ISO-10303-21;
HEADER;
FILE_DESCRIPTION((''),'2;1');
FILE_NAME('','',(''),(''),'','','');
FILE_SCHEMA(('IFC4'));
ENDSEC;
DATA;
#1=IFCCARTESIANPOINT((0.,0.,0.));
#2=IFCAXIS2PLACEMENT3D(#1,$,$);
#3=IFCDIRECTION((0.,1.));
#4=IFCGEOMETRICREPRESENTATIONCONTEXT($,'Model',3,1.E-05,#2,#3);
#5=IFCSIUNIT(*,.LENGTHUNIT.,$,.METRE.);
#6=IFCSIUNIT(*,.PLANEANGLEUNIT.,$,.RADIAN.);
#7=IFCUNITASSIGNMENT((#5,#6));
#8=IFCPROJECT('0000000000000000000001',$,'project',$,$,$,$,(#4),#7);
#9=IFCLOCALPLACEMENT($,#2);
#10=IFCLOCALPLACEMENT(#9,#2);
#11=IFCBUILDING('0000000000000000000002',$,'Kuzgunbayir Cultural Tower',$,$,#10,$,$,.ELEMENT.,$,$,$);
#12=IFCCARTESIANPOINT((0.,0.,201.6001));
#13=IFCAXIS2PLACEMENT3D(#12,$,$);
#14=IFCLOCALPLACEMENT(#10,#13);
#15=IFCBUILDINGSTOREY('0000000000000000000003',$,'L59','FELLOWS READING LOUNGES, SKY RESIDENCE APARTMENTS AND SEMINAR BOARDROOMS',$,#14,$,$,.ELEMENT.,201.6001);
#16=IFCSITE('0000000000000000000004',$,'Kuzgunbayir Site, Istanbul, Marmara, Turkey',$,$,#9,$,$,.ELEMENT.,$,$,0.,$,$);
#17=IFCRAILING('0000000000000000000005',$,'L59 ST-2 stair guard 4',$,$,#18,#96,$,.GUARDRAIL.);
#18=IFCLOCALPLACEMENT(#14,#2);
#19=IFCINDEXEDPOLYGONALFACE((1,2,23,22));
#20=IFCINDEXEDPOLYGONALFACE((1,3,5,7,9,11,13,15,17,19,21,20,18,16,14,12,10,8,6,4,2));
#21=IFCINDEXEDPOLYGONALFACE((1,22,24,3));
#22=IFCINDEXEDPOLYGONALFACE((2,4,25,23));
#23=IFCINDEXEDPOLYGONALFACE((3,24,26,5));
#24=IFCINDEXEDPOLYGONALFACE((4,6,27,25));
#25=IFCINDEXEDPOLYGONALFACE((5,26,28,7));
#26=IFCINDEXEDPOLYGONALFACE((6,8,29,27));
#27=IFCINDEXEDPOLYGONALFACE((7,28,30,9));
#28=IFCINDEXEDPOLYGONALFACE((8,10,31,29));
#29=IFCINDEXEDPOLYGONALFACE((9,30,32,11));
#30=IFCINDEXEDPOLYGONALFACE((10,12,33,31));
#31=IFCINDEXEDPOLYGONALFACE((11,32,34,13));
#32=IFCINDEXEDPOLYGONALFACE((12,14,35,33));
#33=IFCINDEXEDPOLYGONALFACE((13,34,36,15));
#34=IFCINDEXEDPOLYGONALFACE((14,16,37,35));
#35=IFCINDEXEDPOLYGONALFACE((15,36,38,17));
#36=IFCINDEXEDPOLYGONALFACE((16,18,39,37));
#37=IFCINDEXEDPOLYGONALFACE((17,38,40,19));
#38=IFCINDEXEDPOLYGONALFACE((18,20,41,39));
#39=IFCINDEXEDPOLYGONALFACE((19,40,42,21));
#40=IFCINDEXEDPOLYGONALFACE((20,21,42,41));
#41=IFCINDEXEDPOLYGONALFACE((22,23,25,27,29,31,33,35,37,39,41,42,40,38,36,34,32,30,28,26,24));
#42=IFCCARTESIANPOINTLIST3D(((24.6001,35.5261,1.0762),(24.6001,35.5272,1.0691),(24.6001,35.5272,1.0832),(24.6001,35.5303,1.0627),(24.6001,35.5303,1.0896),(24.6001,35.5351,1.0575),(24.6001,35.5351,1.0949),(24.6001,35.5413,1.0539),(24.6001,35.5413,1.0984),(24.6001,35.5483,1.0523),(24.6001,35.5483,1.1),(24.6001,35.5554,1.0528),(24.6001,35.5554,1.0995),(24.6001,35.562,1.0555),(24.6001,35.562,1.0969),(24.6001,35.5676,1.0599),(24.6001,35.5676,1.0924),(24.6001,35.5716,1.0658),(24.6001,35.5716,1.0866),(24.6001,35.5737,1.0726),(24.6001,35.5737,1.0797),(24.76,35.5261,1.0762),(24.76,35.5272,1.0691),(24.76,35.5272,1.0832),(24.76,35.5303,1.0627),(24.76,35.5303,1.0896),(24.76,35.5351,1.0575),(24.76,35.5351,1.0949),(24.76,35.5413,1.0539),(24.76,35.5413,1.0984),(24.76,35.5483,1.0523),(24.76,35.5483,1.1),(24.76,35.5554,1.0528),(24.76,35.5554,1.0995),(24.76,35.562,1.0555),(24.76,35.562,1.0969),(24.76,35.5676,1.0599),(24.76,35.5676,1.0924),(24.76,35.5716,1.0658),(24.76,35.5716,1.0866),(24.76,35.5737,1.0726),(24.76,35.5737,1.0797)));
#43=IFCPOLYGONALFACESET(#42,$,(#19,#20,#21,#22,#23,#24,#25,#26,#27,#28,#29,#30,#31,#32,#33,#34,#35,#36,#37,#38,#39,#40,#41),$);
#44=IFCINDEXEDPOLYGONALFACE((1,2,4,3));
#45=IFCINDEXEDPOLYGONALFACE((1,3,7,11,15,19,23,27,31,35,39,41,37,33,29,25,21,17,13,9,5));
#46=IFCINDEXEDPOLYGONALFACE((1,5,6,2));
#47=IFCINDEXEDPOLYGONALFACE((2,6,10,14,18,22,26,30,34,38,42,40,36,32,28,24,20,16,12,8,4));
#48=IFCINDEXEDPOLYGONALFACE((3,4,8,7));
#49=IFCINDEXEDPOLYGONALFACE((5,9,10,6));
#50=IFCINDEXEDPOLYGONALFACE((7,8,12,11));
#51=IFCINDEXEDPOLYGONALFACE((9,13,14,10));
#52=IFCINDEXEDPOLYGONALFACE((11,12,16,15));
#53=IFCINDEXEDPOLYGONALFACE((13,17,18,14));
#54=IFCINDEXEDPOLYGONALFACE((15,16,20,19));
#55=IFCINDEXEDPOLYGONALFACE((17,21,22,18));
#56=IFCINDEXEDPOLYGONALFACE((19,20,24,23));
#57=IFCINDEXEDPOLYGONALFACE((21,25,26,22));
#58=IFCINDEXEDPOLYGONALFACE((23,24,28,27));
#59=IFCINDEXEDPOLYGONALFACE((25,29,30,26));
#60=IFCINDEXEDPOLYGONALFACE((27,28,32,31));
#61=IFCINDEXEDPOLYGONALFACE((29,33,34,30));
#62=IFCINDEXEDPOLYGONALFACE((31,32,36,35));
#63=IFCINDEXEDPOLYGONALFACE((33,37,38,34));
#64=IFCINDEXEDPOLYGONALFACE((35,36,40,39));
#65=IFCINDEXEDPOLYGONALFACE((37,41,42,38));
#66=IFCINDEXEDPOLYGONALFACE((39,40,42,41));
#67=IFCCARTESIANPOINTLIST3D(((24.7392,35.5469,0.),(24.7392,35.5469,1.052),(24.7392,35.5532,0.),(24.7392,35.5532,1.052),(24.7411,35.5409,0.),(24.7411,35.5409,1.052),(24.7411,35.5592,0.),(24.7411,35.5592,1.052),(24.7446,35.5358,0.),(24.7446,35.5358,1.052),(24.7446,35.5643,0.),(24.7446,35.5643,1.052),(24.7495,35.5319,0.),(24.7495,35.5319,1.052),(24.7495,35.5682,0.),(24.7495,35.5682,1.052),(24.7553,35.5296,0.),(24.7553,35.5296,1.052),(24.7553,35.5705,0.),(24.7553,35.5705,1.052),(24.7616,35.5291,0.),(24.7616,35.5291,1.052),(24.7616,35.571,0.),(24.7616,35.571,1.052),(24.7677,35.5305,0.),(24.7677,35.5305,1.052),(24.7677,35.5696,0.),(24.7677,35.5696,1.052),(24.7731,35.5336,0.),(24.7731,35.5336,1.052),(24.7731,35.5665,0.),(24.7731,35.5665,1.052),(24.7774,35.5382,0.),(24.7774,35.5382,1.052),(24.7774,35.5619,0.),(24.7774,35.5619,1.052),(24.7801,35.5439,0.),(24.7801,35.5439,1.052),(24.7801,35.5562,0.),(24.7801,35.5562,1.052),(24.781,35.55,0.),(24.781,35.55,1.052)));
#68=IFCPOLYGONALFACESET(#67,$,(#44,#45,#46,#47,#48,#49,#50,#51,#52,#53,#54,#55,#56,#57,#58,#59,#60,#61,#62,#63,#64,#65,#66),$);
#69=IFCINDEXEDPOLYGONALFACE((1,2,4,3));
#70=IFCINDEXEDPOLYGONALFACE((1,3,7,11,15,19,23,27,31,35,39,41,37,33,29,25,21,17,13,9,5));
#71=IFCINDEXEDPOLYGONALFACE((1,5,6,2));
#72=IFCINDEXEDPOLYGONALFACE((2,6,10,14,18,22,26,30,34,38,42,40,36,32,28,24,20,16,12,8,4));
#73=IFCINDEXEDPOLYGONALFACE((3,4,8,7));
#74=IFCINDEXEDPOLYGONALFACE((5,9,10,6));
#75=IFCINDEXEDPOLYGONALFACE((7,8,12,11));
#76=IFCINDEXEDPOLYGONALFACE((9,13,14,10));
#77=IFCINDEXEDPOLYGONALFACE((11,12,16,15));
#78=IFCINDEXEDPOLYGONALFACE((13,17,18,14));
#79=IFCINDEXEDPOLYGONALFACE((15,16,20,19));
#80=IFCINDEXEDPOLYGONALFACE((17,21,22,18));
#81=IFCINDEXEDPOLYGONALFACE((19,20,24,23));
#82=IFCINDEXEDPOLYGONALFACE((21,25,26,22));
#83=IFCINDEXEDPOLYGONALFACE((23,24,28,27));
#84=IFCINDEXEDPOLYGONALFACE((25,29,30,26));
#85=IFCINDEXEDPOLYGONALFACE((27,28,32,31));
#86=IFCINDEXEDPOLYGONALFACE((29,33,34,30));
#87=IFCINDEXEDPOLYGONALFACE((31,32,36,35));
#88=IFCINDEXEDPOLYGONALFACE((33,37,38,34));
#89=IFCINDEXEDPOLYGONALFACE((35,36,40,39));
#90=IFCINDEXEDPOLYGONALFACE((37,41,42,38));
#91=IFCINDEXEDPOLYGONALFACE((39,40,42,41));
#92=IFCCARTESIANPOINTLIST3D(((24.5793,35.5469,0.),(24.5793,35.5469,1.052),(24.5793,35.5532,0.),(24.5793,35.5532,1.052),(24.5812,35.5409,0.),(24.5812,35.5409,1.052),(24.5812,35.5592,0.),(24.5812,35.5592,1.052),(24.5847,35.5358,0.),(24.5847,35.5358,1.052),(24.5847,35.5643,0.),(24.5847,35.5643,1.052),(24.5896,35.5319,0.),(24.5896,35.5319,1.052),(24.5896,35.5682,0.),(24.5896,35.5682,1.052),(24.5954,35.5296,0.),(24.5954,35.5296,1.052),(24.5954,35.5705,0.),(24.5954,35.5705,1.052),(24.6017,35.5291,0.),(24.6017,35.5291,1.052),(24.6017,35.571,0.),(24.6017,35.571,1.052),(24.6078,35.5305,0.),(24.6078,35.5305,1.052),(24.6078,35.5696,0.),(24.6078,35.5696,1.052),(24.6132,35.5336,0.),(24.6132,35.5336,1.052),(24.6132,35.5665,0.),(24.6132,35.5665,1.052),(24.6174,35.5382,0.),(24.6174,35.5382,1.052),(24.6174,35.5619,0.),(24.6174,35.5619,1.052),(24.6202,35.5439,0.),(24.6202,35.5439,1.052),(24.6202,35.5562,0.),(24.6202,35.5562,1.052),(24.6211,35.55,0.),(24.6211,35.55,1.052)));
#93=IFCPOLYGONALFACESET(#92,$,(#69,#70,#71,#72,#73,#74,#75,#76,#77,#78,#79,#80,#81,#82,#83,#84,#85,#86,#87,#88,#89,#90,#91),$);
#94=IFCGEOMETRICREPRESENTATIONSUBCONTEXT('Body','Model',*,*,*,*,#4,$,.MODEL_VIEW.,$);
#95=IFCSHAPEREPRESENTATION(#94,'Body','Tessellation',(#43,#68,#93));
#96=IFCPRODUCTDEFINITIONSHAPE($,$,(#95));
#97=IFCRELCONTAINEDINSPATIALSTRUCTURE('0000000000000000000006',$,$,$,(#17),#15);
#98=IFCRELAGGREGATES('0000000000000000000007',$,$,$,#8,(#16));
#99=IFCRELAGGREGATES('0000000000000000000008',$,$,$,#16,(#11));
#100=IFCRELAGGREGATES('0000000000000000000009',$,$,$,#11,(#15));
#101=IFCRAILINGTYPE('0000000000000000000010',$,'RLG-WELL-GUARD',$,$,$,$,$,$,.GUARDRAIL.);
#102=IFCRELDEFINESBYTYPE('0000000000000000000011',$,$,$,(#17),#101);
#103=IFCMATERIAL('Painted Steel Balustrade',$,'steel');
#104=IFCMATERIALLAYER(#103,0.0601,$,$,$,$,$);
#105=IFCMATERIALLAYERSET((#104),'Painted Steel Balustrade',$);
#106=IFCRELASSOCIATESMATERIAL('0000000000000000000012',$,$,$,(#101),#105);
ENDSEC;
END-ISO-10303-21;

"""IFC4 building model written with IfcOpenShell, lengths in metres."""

from ifc_helpers import new_model, si_unit, direction, frame, origin, origin_2d, place, context, subcontext, project, spatial, circle, extrude, material, layer, layer_set, type_object, element, save


model = new_model("IFC4")

# Units and contexts
model_context = context("Model", 3, precision=1e-05, world=origin(), true_north=direction((0.0, 1.0)))
body_context = subcontext(model_context, "Body", "Model", "MODEL_VIEW")
ifc_project = project(units=[si_unit("LENGTHUNIT", "METRE"), si_unit("PLANEANGLEUNIT", "RADIAN")], contexts=[model_context])

# Site, building, storey
site_placement = place(None, origin())
site = spatial("IfcSite", under=ifc_project, at=site_placement, Name="Kuzgunbayir Site, Istanbul, Marmara, Turkey", CompositionType="ELEMENT", RefElevation=0.0)
building_placement = place(site_placement, origin())
building = spatial("IfcBuilding", under=site, at=building_placement, Name="Kuzgunbayir Cultural Tower", CompositionType="ELEMENT")
storey_placement = place(building_placement, frame((0.0, 0.0, 201.6001)))
storey = spatial("IfcBuildingStorey", under=building, at=storey_placement, Name="L59", Description="FELLOWS READING LOUNGES, SKY RESIDENCE APARTMENTS AND SEMINAR BOARDROOMS", CompositionType="ELEMENT", Elevation=201.6001)

# Railing
ifc_material_1 = material(Name="Painted Steel Balustrade", Category="steel")
ifc_layer_1 = layer(ifc_material_1, 0.0601)
ifc_layer_set_1 = layer_set([ifc_layer_1], Name="Painted Steel Balustrade")
railing_type_1 = type_object("IfcRailingType", Name="RLG-WELL-GUARD", PredefinedType="GUARDRAIL", material=ifc_layer_set_1)
railing_1_placement = place(storey_placement, frame((24.76, 35.55, 0.0)))
element("IfcRailing", 1, at=railing_1_placement, inside=storey, type_object=railing_type_1, Name="L59 ST-2 stair guard 4", PredefinedType="GUARDRAIL", context=body_context, shape_type="SweptSolid", body=[
    extrude(circle(Radius=0.0239, at=origin_2d()), frame((0.0, 0.0, 1.0762), z_axis=(-1.0, 0.0, 0.0), x_axis=(0.0, -1.0, 0.0)), (0.0, 0.0, 1.0), 0.1599),
    extrude(circle(Radius=0.021, at=origin_2d()), origin(), (0.0, 0.0, 1.0), 1.052),
    extrude(circle(Radius=0.021, at=origin_2d()), frame((-0.1599, 0.0, 0.0)), (0.0, 0.0, 1.0), 1.052),
])

save(model, "model.ifc")
